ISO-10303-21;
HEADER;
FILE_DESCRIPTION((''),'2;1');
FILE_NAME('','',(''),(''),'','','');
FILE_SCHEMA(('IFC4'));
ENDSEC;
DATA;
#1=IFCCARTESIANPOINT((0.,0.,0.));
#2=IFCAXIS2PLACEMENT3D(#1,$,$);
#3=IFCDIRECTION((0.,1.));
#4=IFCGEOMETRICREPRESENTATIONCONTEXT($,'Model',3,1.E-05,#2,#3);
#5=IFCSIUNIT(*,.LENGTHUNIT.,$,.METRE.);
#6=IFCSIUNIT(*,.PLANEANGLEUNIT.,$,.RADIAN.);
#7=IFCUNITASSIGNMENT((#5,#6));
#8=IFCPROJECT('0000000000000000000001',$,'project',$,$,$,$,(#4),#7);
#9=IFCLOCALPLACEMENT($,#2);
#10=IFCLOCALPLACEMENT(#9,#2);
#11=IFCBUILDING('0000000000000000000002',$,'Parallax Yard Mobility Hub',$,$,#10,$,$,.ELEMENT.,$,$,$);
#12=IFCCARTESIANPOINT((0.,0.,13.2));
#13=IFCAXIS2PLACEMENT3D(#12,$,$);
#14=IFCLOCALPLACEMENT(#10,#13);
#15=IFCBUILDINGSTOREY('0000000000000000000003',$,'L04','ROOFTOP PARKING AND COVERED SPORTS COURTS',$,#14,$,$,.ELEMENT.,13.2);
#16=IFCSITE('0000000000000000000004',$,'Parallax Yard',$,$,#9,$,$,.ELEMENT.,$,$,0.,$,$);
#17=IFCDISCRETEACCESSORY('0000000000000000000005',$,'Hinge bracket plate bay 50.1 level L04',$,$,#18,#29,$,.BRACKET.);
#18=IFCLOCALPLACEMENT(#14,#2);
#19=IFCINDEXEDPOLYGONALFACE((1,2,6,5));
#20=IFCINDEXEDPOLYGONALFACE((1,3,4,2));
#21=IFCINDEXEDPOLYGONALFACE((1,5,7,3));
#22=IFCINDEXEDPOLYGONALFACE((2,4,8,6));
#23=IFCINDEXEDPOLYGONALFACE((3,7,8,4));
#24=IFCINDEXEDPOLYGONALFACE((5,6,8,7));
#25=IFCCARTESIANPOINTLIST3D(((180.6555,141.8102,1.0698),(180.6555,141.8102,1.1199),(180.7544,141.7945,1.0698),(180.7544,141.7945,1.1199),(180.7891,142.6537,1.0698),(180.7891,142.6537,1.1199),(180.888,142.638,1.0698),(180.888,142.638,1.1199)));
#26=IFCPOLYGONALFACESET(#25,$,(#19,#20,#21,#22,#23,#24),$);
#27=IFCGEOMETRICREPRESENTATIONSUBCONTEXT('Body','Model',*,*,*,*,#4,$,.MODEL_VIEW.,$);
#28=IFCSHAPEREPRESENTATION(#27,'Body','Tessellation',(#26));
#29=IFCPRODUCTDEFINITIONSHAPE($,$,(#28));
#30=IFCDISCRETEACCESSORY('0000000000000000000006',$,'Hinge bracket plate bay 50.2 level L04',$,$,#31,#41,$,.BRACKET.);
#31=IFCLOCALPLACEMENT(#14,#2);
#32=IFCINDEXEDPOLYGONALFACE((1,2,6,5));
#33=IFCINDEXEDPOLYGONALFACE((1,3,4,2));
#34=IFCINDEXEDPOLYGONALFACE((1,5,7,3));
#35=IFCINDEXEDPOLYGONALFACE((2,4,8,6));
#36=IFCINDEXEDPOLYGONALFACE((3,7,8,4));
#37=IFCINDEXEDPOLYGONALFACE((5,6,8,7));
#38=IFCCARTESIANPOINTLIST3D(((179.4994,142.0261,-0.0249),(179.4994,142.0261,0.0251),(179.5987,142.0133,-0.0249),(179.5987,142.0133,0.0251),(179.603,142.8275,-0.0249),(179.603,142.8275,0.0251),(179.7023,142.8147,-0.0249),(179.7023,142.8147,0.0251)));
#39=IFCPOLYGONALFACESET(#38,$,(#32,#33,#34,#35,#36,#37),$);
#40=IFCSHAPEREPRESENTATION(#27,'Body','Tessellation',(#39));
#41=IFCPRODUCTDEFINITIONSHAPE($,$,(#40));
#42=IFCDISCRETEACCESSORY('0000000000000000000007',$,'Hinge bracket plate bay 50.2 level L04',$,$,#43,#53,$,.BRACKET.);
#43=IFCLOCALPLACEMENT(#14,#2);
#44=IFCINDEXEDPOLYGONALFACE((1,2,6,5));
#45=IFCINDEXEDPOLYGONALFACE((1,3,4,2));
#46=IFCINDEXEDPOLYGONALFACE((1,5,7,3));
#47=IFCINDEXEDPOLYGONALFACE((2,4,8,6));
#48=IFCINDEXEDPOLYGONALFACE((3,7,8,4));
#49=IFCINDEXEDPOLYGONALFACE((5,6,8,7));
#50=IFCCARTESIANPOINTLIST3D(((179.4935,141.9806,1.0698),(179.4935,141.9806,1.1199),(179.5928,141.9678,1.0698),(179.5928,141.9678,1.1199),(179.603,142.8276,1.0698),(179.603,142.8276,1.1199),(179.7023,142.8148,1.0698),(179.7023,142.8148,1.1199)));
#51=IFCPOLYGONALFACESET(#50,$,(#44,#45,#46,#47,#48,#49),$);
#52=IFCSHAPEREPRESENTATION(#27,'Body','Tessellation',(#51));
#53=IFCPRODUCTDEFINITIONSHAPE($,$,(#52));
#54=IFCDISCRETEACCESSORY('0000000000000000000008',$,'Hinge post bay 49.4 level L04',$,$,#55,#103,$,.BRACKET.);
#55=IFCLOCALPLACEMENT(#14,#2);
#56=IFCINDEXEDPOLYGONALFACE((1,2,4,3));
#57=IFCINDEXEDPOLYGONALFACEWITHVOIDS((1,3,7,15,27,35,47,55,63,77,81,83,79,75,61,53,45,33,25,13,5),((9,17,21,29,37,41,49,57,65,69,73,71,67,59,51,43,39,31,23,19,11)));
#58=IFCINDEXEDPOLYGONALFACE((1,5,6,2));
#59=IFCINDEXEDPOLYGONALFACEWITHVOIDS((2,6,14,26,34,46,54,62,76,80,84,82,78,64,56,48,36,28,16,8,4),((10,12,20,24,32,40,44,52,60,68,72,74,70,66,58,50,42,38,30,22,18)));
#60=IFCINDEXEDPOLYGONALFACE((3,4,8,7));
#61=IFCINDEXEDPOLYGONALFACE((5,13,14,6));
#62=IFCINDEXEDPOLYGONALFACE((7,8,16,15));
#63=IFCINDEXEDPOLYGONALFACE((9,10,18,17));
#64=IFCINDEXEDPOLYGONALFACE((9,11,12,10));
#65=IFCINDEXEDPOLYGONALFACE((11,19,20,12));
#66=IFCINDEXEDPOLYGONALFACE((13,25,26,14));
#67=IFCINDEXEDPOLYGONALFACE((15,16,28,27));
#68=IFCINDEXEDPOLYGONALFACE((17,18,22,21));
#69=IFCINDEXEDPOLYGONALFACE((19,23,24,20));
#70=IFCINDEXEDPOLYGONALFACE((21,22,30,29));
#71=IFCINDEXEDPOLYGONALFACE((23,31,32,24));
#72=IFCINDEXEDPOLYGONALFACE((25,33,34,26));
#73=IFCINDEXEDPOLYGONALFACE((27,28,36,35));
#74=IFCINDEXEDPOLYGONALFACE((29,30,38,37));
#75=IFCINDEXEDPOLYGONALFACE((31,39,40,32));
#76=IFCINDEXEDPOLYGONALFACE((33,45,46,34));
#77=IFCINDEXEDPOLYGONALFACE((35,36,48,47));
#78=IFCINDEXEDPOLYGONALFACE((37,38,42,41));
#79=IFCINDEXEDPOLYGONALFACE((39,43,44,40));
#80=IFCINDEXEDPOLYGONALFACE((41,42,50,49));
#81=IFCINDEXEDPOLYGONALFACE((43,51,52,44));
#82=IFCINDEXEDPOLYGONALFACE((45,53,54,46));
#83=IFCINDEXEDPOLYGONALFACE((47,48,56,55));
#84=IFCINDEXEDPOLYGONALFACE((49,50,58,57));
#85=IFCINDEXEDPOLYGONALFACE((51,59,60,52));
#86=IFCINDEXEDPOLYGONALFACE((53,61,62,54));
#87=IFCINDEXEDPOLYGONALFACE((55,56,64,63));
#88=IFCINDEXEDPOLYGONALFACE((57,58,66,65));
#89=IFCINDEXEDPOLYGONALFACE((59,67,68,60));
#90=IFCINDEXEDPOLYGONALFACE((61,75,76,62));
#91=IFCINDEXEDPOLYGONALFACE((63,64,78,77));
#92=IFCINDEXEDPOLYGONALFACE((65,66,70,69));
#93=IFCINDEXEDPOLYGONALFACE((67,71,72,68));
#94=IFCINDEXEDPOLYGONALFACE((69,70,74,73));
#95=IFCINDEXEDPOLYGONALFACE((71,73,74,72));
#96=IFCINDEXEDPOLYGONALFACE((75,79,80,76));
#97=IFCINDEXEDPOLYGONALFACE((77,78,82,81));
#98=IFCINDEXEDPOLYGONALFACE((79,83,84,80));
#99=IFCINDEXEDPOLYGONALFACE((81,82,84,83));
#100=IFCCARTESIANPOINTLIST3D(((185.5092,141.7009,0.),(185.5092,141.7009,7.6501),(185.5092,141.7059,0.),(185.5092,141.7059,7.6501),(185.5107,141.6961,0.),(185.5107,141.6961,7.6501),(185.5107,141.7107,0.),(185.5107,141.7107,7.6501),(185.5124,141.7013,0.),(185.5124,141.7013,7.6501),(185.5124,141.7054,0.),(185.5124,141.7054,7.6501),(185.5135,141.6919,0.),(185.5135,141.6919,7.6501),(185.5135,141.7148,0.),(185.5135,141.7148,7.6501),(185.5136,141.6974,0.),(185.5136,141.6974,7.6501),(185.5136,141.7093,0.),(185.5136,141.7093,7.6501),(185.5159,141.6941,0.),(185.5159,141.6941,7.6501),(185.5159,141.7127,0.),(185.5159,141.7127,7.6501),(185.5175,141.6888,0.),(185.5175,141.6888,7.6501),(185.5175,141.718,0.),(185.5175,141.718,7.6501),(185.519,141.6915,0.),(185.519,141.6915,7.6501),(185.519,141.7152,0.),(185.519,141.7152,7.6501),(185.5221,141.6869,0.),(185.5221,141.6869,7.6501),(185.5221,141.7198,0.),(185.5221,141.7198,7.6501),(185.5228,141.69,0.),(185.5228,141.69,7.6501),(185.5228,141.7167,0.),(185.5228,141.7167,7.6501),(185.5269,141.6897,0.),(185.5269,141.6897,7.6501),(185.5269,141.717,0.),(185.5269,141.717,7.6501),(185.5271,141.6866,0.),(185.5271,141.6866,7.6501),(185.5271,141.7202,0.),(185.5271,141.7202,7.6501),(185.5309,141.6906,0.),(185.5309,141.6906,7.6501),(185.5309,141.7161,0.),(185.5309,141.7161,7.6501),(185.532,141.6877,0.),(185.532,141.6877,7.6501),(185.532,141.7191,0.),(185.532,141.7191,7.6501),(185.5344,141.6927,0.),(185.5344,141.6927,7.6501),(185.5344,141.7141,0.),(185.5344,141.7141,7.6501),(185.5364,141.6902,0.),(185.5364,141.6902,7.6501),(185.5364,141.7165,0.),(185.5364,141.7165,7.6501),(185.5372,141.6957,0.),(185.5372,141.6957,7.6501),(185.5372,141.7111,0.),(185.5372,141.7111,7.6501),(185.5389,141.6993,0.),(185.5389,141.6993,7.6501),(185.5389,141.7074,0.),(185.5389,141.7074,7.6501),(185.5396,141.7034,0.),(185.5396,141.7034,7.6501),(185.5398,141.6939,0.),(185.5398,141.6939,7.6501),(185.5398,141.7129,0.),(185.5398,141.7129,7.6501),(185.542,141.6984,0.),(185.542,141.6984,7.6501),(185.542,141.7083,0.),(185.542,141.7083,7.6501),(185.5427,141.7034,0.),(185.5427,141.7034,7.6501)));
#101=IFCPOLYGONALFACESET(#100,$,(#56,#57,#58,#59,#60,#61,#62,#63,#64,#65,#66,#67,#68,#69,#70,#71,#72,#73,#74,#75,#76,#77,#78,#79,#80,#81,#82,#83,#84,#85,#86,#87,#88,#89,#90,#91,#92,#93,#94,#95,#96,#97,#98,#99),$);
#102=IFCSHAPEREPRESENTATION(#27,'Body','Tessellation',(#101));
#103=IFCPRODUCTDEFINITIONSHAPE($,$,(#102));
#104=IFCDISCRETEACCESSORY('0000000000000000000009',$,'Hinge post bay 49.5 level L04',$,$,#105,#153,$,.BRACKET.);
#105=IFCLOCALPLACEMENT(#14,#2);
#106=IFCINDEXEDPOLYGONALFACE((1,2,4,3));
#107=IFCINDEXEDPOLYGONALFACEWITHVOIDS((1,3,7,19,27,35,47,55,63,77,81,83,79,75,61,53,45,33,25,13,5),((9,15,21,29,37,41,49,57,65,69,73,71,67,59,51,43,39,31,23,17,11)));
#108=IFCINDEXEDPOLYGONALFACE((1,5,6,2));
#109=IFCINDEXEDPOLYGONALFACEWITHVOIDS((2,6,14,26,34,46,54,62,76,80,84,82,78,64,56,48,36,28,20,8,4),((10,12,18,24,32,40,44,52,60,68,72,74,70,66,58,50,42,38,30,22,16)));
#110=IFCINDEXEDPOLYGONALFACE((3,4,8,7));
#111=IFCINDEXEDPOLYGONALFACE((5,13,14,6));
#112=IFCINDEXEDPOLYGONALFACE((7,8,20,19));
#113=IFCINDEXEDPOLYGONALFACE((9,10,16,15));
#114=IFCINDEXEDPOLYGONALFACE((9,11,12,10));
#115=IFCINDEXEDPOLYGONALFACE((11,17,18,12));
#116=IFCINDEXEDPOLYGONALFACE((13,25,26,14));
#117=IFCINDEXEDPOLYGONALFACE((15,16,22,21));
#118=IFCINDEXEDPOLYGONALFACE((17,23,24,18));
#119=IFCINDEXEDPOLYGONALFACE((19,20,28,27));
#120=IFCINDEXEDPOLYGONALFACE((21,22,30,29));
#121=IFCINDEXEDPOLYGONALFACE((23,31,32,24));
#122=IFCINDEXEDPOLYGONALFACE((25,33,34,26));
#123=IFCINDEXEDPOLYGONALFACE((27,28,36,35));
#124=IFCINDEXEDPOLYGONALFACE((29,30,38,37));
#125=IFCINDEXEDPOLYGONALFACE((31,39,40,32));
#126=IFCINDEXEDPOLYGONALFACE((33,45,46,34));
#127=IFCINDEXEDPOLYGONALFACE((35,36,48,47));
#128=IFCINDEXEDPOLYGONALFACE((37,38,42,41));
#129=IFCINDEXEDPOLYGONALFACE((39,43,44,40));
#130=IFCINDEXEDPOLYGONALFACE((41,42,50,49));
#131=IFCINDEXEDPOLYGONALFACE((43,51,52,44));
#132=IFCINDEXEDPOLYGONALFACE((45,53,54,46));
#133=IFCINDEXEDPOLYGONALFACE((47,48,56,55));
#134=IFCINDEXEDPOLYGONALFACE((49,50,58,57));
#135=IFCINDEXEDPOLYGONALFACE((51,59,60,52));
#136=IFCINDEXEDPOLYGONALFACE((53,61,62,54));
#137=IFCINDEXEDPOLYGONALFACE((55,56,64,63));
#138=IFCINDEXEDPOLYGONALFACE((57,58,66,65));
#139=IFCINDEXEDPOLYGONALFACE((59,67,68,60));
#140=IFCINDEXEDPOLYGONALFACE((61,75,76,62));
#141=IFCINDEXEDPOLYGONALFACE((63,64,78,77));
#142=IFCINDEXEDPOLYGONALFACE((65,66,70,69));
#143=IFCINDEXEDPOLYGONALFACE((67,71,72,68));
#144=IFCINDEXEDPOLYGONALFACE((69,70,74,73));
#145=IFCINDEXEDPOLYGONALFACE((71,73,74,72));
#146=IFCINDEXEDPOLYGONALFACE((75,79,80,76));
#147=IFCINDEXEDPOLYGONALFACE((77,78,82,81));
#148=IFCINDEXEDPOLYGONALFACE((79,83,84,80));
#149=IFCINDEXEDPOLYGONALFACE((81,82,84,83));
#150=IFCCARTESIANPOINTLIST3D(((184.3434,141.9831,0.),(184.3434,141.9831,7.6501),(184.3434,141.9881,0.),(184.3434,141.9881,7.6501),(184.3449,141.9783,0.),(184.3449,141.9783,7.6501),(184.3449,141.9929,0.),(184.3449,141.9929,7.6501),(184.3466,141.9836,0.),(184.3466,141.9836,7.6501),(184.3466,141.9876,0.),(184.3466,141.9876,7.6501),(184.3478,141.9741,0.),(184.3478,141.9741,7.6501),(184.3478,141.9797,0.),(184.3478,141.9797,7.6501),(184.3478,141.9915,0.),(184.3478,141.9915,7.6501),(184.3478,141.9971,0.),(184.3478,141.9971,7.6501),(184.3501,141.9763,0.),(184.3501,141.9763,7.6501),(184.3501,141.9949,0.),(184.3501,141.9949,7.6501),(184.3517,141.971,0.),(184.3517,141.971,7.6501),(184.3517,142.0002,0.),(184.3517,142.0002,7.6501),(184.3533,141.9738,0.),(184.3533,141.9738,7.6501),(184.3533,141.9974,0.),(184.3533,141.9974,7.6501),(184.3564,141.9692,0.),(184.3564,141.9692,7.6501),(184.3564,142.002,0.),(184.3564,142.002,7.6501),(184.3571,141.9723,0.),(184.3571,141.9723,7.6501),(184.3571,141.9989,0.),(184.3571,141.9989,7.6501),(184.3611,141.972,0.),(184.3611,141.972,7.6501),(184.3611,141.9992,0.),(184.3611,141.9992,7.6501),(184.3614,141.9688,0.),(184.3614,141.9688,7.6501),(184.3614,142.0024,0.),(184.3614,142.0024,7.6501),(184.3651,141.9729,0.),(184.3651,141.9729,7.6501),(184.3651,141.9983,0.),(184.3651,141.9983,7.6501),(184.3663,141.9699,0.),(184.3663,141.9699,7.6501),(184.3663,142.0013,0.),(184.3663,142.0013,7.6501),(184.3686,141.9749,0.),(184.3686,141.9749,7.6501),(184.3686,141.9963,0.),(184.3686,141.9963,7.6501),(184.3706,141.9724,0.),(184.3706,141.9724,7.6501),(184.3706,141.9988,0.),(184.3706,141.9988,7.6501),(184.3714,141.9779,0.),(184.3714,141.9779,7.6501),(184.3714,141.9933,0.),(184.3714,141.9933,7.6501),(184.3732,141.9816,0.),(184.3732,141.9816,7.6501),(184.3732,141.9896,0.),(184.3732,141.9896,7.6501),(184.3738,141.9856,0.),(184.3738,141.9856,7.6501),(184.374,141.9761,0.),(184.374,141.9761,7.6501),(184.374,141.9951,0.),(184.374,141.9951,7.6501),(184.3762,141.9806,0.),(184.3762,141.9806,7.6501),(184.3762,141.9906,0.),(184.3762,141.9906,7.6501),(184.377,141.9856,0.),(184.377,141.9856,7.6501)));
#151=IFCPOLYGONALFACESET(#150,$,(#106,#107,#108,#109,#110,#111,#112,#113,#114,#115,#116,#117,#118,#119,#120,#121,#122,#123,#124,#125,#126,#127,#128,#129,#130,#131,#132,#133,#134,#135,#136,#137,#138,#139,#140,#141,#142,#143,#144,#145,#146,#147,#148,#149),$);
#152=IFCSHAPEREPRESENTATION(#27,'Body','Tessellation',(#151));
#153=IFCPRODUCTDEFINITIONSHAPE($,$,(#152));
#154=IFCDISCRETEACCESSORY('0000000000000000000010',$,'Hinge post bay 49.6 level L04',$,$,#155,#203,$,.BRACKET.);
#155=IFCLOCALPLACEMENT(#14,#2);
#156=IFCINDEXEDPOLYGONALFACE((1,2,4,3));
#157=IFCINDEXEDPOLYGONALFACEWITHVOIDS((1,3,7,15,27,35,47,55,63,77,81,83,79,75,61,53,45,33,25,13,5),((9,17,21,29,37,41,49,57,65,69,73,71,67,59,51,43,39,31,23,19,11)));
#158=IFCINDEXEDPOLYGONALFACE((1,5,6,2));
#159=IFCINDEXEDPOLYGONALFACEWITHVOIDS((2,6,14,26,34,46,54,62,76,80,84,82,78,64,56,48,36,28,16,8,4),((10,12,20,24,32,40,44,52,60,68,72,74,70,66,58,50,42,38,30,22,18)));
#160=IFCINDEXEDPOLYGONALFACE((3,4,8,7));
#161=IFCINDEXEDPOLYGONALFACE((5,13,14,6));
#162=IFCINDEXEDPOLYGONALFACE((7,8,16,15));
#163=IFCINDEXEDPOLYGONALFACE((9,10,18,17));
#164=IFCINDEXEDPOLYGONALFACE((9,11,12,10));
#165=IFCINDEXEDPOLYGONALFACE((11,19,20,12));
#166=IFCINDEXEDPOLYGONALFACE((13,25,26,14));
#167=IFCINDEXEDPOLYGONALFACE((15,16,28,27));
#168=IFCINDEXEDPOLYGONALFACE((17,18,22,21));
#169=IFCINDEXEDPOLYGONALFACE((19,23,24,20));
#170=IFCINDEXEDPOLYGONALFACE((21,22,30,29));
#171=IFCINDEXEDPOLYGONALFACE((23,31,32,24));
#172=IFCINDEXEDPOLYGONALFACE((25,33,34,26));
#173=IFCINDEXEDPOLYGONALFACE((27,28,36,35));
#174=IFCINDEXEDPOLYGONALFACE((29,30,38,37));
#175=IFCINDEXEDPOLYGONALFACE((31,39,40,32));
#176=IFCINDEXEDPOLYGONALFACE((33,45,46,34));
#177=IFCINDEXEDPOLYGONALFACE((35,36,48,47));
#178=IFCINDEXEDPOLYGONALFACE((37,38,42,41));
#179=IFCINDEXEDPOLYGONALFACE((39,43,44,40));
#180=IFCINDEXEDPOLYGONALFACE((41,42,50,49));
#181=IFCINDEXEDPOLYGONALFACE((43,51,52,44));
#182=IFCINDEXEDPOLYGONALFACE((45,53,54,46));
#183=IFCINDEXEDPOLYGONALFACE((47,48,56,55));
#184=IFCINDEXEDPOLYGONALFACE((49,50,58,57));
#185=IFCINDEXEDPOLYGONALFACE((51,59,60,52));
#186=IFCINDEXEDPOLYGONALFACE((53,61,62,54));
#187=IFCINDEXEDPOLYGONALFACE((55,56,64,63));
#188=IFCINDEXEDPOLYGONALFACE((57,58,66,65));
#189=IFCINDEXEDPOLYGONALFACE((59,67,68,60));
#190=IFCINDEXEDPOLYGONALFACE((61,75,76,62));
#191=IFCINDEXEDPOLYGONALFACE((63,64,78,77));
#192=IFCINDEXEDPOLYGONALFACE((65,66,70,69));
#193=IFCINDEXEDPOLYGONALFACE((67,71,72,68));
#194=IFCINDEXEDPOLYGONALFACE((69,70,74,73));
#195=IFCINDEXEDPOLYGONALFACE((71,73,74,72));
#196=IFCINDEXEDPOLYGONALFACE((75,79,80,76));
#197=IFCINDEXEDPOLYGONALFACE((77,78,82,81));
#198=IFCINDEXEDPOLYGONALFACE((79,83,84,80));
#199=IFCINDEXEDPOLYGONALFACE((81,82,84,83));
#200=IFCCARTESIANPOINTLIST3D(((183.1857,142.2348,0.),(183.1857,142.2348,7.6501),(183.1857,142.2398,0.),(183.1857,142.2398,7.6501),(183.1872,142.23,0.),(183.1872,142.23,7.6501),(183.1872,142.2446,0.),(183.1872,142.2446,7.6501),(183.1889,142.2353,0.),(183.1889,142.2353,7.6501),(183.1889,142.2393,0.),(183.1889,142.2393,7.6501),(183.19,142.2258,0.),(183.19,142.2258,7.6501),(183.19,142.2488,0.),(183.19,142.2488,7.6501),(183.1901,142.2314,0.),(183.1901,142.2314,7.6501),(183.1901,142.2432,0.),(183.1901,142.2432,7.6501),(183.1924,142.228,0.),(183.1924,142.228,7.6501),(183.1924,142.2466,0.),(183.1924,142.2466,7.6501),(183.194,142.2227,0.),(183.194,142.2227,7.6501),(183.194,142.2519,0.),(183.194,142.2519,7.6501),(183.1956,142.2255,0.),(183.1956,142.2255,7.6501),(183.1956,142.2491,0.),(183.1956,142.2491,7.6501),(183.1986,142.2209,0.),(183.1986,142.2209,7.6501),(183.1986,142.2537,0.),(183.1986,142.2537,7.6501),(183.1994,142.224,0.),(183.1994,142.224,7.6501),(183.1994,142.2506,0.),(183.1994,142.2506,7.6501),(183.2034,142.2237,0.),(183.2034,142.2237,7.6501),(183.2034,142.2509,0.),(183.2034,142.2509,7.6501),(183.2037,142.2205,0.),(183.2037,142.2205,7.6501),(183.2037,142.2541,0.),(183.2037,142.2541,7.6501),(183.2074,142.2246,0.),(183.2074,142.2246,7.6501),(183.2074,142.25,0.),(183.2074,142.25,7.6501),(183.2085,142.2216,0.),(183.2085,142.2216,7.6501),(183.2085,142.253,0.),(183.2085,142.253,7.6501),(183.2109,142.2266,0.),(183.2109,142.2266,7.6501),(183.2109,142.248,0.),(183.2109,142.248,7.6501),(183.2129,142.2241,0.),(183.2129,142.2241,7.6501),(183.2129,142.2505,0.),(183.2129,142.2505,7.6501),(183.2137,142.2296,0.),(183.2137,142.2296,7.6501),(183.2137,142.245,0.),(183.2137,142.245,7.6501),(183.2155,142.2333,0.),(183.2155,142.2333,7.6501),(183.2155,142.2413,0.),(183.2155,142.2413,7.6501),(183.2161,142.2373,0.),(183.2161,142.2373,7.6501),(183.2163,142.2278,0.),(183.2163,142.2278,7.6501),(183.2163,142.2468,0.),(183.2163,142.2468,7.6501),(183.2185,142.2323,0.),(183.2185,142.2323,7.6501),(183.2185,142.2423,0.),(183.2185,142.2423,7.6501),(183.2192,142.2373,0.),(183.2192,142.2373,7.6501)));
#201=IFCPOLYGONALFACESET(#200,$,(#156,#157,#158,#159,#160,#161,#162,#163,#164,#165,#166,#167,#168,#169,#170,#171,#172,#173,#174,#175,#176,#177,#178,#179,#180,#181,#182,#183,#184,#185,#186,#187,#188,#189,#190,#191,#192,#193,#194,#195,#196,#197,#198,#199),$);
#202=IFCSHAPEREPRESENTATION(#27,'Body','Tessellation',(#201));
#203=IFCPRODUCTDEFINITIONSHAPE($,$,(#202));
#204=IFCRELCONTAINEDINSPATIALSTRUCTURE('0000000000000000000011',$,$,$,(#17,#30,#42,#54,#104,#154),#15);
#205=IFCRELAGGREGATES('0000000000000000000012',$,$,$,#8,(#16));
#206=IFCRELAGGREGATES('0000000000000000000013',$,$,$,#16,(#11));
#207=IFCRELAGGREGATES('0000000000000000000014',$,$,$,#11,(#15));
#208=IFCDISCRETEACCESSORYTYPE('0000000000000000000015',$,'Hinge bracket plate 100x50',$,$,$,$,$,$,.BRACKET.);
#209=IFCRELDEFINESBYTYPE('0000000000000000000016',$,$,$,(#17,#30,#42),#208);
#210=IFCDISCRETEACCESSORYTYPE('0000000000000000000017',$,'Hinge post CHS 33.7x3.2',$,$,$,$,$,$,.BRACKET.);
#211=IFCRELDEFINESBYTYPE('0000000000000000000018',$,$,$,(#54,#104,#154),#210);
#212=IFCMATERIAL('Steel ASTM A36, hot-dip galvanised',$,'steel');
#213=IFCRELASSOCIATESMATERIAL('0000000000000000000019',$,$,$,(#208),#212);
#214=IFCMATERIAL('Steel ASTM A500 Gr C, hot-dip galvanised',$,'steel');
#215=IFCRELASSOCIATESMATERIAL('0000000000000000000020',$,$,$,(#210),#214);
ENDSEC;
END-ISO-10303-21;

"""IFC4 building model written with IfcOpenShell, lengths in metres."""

from ifc_helpers import new_model, si_unit, direction, frame, origin, origin_2d, place, context, subcontext, project, spatial, rectangle, hollow_circle, extrude, material, material_profile, profile_set, type_object, element, save


model = new_model("IFC4")

# Units and contexts
model_context = context("Model", 3, precision=1e-05, world=origin(), true_north=direction((0.0, 1.0)))
body_context = subcontext(model_context, "Body", "Model", "MODEL_VIEW")
ifc_project = project(units=[si_unit("LENGTHUNIT", "METRE"), si_unit("PLANEANGLEUNIT", "RADIAN")], contexts=[model_context])

# Site, building, storey
site_placement = place(None, origin())
site = spatial("IfcSite", under=ifc_project, at=site_placement, Name="Parallax Yard", CompositionType="ELEMENT", RefElevation=0.0)
building_placement = place(site_placement, origin())
building = spatial("IfcBuilding", under=site, at=building_placement, Name="Parallax Yard Mobility Hub", CompositionType="ELEMENT")
storey_placement = place(building_placement, frame((0.0, 0.0, 13.2)))
storey = spatial("IfcBuildingStorey", under=building, at=storey_placement, Name="L04", Description="ROOFTOP PARKING AND COVERED SPORTS COURTS", CompositionType="ELEMENT", Elevation=13.2)

# Discrete accessories
ifc_material_1 = material(Name="Steel ASTM A36, hot-dip galvanised", Category="steel")
discrete_accessory_type_1 = type_object("IfcDiscreteAccessoryType", Name="Hinge bracket plate 100x50", PredefinedType="BRACKET", material=ifc_material_1)
discrete_accessory_1_placement = place(storey_placement, frame((180.7717, 142.2241, 1.0698), z_axis=(0.0, 0.0, 1.0), x_axis=(0.156434, 0.987688, 0.0)))
element("IfcDiscreteAccessory", 1, at=discrete_accessory_1_placement, inside=storey, type_object=discrete_accessory_type_1, Name="Hinge bracket plate bay 50.1 level L04", PredefinedType="BRACKET", context=body_context, shape_type="SweptSolid", body=[
    extrude(rectangle(XDim=0.854, YDim=0.1001, at=origin_2d()), origin(), (0.0, 0.0, 1.0), 0.05),
])
discrete_accessory_2_placement = place(storey_placement, frame((179.6008, 142.4204, -0.0249), z_axis=(0.0, 0.0, 1.0), x_axis=(0.128166, 0.991753, 0.0)))
element("IfcDiscreteAccessory", 2, at=discrete_accessory_2_placement, inside=storey, type_object=discrete_accessory_type_1, Name="Hinge bracket plate bay 50.2 level L04", PredefinedType="BRACKET", context=body_context, shape_type="SweptSolid", body=[
    extrude(rectangle(XDim=0.8081, YDim=0.1001, at=origin_2d()), origin(), (0.0, 0.0, 1.0), 0.05),
])
discrete_accessory_3_placement = place(storey_placement, frame((179.5979, 142.3977, 1.0698), z_axis=(0.0, 0.0, 1.0), x_axis=(0.128166, 0.991753, 0.0)))
element("IfcDiscreteAccessory", 3, at=discrete_accessory_3_placement, inside=storey, type_object=discrete_accessory_type_1, Name="Hinge bracket plate bay 50.2 level L04", PredefinedType="BRACKET", context=body_context, shape_type="SweptSolid", body=[
    extrude(rectangle(XDim=0.854, YDim=0.1001, at=origin_2d()), origin(), (0.0, 0.0, 1.0), 0.05),
])
ifc_material_2 = material(Name="Steel ASTM A500 Gr C, hot-dip galvanised", Category="steel")
ifc_material_profile_1 = material_profile(ifc_material_2, hollow_circle(Radius=0.0168, WallThickness=0.0032, at=origin_2d()), Name="CHS 33.7x3.2")
ifc_profile_set_1 = profile_set([ifc_material_profile_1], Name="Steel ASTM A500 Gr C, hot-dip galvanised")
discrete_accessory_type_2 = type_object("IfcDiscreteAccessoryType", Name="Hinge post CHS 33.7x3.2", PredefinedType="BRACKET", material=ifc_profile_set_1)
for number, where, z_axis, x_axis, name in (
    (4, (185.5259, 141.7034, 0.0), (0.0, 0.0, 1.0), (1.0, 0.0, 0.0), "Hinge post bay 49.4 level L04"),
    (5, (184.3601, 141.9856, 0.0), (0.0, 0.0, 1.0), (1.0, 0.0, 0.0), "Hinge post bay 49.5 level L04"),
    (6, (183.2024, 142.2373, 0.0), (0.0, 0.0, 1.0), (1.0, 0.0, 0.0), "Hinge post bay 49.6 level L04"),
):
    element("IfcDiscreteAccessory", number, at=place(storey_placement, frame(where, z_axis=z_axis, x_axis=x_axis)), inside=storey, type_object=discrete_accessory_type_2, Name=name, PredefinedType="BRACKET", context=body_context, shape_type="SweptSolid", body=[
        extrude(hollow_circle(Radius=0.0168, WallThickness=0.0032, at=origin_2d()), origin(), (0.0, 0.0, 1.0), 7.6501),
    ])

save(model, "model.ifc")
